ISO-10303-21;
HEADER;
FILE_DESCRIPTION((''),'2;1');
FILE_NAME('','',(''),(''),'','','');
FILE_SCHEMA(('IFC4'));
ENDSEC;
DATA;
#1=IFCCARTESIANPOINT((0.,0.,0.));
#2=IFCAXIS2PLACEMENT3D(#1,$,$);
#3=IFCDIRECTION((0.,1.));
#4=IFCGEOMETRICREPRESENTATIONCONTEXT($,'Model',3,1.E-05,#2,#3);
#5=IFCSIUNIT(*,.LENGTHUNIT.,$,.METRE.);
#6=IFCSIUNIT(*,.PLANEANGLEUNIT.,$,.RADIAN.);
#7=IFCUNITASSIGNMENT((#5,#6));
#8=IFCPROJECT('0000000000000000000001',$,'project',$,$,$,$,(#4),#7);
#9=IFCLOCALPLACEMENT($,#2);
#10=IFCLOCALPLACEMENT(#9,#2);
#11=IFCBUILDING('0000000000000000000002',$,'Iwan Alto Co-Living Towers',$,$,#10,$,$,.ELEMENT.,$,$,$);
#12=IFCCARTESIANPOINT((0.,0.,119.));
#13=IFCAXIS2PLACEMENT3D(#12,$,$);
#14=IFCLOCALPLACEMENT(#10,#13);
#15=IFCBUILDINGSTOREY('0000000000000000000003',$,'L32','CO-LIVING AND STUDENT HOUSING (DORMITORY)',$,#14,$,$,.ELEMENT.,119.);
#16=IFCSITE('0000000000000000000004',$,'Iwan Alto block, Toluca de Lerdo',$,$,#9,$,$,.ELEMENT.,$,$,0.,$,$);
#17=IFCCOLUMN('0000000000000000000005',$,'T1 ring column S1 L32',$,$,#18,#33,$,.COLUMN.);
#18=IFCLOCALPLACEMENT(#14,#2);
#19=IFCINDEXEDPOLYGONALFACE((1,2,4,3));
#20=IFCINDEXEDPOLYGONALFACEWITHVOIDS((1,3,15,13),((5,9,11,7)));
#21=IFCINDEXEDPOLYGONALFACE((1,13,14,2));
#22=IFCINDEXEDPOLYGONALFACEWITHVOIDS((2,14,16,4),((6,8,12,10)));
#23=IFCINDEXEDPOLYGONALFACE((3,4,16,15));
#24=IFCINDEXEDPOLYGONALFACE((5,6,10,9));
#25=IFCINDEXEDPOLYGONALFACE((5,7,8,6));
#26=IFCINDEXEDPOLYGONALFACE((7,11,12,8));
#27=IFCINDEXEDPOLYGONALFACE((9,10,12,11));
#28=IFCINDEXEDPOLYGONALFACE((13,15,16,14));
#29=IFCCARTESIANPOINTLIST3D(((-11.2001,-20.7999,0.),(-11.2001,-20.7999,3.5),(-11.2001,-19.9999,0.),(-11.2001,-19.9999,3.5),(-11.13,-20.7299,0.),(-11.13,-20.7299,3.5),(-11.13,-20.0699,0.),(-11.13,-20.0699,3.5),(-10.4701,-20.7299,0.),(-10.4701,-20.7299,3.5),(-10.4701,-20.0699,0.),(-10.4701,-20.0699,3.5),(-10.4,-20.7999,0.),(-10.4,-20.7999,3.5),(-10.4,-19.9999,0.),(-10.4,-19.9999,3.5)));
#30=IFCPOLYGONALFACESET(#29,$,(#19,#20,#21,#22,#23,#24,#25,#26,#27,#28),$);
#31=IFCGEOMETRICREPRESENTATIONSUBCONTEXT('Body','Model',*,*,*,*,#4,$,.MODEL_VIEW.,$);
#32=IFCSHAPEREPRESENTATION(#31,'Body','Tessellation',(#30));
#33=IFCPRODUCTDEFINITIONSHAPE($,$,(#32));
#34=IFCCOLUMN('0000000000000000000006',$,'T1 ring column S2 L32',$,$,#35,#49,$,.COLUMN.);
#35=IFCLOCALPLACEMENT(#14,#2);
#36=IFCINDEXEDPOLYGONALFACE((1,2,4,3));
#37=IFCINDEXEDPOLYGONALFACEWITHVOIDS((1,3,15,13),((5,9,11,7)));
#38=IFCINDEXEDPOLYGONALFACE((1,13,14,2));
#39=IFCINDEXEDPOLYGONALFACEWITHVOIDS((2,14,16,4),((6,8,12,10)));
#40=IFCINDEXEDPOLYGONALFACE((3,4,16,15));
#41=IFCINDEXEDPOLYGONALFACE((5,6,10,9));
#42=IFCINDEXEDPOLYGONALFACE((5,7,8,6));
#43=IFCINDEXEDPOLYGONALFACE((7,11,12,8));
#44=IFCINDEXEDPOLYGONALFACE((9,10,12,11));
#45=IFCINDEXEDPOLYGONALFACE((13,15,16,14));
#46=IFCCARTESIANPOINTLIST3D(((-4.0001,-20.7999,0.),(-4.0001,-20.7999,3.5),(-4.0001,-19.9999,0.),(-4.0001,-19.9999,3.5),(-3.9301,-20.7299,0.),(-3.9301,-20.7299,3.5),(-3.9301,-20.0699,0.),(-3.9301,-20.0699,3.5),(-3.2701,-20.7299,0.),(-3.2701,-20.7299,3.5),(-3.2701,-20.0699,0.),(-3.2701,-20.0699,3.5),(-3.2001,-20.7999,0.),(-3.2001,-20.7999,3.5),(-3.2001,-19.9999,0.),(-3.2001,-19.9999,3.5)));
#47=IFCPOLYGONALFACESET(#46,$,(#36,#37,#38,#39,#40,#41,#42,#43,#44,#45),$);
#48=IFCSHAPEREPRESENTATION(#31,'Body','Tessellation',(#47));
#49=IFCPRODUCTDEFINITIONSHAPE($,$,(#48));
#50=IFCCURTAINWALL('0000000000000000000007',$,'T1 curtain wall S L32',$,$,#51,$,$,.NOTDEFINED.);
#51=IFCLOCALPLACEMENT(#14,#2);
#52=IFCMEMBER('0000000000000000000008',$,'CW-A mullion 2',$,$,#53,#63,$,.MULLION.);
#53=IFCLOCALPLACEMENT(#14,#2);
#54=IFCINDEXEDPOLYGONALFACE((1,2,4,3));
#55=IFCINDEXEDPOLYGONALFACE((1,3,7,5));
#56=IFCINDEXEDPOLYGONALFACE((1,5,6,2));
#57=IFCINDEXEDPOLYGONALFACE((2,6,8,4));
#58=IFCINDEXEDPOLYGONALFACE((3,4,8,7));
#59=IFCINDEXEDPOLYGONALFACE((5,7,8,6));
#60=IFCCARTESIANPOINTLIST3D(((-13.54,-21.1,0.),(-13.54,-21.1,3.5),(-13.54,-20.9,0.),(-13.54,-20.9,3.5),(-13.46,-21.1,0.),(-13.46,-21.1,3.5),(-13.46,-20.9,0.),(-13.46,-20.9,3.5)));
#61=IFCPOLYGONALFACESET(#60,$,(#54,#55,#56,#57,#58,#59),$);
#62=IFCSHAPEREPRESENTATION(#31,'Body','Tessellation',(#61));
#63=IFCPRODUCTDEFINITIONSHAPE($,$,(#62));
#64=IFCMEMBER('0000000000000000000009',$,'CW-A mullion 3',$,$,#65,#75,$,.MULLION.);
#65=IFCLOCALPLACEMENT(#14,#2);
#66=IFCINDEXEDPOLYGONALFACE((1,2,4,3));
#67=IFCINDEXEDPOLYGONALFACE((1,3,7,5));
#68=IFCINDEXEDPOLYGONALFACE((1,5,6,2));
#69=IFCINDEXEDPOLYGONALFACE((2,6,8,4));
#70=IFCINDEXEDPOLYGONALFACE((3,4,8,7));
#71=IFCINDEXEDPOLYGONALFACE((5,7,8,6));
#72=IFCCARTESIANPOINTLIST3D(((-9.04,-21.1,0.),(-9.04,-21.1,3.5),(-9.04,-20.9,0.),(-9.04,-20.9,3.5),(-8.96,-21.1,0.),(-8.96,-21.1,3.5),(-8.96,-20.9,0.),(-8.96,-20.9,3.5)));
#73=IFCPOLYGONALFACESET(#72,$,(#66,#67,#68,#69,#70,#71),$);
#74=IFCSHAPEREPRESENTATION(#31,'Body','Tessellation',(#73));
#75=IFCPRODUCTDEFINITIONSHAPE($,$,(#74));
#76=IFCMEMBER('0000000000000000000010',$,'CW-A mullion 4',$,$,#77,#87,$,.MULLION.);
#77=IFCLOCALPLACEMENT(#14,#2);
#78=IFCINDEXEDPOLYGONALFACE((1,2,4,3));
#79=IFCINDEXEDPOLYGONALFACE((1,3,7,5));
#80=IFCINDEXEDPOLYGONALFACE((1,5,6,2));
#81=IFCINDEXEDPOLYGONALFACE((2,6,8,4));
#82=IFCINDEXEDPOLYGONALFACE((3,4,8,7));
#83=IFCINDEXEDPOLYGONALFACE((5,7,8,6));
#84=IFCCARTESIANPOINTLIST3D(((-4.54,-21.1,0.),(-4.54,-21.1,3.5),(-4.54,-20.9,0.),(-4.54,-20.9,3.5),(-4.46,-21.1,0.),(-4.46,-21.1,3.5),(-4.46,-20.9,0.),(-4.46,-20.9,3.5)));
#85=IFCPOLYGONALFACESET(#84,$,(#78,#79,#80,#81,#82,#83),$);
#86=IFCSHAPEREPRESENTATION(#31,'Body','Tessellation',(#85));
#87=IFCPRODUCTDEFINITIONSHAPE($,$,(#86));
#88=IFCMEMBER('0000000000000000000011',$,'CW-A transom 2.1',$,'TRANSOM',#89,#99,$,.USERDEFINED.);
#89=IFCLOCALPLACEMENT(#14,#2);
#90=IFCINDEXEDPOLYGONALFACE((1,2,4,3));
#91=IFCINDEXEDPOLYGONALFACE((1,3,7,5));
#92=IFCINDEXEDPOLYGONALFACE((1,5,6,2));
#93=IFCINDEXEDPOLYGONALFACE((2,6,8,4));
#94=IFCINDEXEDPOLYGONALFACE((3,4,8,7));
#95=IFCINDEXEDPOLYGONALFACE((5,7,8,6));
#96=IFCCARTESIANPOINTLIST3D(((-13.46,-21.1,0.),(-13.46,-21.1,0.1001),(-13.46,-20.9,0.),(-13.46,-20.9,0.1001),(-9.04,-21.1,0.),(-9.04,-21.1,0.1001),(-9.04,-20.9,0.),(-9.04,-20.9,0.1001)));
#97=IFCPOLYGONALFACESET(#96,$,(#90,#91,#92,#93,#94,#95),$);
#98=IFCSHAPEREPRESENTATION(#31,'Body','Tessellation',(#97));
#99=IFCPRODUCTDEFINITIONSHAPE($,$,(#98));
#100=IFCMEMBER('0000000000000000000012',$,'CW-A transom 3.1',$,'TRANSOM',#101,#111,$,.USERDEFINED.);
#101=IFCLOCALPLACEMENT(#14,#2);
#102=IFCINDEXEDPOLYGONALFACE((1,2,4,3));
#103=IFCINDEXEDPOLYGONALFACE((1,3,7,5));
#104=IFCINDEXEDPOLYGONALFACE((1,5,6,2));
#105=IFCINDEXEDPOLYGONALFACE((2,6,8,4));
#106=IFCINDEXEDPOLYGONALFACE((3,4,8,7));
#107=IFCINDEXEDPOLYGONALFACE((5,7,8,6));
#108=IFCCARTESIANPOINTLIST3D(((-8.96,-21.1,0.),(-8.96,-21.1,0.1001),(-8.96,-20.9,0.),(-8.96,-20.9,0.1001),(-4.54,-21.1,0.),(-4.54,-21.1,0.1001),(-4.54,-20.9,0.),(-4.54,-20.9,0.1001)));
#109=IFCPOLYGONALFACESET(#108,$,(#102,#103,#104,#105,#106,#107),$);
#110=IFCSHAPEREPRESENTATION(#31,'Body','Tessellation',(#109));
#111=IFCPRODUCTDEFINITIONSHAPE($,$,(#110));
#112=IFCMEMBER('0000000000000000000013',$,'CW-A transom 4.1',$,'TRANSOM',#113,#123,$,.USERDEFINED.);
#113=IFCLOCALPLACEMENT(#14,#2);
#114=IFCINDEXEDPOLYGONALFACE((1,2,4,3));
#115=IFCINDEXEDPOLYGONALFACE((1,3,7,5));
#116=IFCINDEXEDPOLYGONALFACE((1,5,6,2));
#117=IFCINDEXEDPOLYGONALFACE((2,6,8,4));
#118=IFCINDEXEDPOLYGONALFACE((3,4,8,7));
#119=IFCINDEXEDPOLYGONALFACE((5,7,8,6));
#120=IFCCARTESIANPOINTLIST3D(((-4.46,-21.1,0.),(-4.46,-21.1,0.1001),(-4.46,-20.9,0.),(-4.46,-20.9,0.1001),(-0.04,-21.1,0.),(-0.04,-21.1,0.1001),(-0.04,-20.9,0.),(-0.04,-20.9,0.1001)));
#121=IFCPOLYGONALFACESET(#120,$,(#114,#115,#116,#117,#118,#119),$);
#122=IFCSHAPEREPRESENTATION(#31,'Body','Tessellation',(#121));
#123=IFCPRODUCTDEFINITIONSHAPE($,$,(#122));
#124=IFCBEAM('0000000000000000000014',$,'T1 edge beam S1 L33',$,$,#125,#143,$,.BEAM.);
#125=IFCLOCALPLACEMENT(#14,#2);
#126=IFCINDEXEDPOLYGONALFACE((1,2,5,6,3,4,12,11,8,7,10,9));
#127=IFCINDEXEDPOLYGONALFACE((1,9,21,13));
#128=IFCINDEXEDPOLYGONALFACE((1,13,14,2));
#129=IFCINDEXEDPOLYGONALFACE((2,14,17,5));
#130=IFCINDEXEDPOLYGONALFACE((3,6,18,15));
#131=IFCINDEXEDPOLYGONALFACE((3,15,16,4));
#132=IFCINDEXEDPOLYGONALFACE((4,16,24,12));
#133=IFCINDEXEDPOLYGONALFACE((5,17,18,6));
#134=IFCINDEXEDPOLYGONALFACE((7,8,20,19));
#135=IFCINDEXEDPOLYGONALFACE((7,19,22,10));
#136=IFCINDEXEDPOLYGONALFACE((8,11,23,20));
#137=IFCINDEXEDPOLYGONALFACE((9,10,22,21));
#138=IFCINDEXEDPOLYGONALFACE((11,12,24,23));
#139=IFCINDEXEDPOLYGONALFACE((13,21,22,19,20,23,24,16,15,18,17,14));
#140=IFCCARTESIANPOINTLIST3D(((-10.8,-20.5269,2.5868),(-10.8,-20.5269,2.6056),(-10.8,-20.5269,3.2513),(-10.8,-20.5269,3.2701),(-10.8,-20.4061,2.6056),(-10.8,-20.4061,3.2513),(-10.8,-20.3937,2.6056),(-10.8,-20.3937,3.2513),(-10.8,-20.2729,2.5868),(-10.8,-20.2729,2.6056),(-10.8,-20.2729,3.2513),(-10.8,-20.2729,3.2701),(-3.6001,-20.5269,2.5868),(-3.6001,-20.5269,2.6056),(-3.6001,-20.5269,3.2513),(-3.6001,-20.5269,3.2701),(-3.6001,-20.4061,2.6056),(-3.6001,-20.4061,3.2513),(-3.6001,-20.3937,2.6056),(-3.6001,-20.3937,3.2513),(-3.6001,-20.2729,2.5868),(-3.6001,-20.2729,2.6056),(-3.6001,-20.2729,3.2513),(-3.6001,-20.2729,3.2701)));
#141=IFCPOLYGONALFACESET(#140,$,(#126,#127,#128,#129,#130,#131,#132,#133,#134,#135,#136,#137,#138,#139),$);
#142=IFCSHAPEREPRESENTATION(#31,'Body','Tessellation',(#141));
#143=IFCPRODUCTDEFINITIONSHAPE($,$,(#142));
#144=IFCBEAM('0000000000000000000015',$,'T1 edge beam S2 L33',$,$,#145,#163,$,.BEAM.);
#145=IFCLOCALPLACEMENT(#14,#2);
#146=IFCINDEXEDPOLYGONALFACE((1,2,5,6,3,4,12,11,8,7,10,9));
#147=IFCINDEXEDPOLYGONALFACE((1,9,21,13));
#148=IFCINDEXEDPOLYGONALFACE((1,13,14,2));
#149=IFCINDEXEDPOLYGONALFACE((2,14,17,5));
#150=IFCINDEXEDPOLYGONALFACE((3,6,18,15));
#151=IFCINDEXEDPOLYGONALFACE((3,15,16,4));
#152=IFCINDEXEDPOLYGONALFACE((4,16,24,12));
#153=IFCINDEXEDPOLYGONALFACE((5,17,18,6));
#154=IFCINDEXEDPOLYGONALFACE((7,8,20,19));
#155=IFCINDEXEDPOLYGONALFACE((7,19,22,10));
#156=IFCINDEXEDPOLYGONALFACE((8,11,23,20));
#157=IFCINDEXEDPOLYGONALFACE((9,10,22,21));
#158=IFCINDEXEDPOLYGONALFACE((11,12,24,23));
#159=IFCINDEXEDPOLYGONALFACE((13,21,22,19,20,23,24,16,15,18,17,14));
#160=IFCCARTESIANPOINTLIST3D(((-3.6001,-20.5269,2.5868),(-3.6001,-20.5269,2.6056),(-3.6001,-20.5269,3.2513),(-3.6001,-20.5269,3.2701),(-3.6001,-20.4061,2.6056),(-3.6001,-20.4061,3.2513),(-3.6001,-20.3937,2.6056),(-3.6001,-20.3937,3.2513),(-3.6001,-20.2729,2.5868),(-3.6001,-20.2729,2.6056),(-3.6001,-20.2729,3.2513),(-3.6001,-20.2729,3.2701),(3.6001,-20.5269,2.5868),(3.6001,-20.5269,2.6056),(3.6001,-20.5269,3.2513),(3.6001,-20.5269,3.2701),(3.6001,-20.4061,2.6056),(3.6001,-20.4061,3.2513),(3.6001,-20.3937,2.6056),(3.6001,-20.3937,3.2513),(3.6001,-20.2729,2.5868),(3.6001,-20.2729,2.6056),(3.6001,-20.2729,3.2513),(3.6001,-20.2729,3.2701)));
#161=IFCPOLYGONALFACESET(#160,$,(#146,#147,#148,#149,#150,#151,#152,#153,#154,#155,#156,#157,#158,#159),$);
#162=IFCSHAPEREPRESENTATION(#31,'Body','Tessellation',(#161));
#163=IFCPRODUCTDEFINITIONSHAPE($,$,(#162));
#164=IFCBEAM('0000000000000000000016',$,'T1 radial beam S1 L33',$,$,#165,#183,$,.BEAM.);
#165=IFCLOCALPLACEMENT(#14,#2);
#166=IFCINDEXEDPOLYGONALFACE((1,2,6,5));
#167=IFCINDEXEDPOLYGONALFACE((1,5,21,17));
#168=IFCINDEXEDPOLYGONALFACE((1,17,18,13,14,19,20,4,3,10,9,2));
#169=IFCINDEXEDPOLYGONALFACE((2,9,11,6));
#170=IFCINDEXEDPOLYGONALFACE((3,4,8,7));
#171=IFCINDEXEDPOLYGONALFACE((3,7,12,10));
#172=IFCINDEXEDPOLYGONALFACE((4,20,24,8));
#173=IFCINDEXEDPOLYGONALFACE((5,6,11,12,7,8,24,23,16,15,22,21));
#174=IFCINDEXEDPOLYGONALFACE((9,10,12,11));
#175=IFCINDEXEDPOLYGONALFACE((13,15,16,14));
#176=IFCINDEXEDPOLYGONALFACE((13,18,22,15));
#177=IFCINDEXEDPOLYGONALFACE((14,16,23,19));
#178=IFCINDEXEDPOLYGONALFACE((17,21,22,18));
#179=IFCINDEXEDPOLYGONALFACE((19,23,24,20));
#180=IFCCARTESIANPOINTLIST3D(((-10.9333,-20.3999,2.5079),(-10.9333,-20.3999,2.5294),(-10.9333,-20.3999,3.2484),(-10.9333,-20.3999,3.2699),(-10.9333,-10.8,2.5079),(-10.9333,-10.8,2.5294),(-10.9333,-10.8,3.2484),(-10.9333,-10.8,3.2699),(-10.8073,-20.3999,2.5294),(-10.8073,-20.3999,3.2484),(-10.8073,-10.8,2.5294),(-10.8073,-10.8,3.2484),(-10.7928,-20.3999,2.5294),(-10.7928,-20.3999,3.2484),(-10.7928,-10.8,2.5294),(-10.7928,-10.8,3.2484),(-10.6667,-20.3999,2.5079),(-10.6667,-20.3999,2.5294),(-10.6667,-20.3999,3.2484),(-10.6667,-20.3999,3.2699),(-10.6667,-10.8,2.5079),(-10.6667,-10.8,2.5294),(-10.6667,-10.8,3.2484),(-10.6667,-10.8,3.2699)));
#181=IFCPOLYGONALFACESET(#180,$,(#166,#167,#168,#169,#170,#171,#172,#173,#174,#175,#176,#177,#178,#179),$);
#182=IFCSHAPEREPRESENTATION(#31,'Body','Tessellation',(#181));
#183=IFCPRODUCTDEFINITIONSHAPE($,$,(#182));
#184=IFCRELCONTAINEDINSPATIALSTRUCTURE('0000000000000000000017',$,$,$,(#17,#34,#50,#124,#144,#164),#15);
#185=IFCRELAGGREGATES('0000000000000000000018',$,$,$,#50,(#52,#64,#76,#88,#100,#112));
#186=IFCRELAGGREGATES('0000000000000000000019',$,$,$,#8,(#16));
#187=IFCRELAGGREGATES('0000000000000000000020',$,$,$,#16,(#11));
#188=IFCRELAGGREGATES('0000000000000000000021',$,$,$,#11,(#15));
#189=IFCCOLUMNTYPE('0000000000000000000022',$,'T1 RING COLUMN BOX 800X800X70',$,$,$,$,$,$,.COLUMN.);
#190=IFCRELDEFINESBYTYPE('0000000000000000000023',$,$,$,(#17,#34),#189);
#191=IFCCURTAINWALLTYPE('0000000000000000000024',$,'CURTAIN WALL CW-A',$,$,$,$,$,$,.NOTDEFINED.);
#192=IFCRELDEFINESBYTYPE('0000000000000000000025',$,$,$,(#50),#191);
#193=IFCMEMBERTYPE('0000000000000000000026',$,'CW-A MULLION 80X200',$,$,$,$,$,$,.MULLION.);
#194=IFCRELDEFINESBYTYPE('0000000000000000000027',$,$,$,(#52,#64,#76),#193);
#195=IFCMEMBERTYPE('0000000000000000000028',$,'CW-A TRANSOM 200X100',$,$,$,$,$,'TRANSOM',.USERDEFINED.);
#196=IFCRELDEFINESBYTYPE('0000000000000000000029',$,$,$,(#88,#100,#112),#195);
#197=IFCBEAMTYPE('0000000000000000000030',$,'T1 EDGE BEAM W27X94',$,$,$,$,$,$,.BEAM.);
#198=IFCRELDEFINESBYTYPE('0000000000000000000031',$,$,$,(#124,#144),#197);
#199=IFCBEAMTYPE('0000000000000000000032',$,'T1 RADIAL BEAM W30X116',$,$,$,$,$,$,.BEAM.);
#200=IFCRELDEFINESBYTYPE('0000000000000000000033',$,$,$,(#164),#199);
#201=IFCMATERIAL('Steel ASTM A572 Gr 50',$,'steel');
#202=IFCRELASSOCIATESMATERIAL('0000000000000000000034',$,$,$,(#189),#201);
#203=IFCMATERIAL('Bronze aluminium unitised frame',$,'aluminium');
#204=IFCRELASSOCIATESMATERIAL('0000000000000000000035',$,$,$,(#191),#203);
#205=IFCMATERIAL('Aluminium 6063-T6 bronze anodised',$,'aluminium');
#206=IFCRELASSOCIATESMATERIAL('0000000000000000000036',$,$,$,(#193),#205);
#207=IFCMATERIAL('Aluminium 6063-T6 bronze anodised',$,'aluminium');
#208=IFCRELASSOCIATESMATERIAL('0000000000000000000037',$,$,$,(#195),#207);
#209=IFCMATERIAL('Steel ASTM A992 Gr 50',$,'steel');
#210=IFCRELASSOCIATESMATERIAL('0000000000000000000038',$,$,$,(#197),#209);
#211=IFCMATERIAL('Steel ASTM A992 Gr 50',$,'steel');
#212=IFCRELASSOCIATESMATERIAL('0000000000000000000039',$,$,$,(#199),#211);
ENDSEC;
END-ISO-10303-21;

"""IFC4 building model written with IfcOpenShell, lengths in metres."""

from ifc_helpers import new_model, si_unit, direction, frame, origin, origin_2d, place, context, subcontext, project, spatial, rectangle, hollow_rectangle, i_section, extrude, material, material_profile, profile_set, type_object, element, aggregate, save


model = new_model("IFC4")

# Units and contexts
model_context = context("Model", 3, precision=1e-05, world=origin(), true_north=direction((0.0, 1.0)))
body_context = subcontext(model_context, "Body", "Model", "MODEL_VIEW")
ifc_project = project(units=[si_unit("LENGTHUNIT", "METRE"), si_unit("PLANEANGLEUNIT", "RADIAN")], contexts=[model_context])

# Site, building, storey
site_placement = place(None, origin())
site = spatial("IfcSite", under=ifc_project, at=site_placement, Name="Iwan Alto block, Toluca de Lerdo", CompositionType="ELEMENT", RefElevation=0.0)
building_placement = place(site_placement, origin())
building = spatial("IfcBuilding", under=site, at=building_placement, Name="Iwan Alto Co-Living Towers", CompositionType="ELEMENT")
storey_placement = place(building_placement, frame((0.0, 0.0, 119.0)))
storey = spatial("IfcBuildingStorey", under=building, at=storey_placement, Name="L32", Description="CO-LIVING AND STUDENT HOUSING (DORMITORY)", CompositionType="ELEMENT", Elevation=119.0)

# Columns
ifc_material_1 = material(Name="Steel ASTM A572 Gr 50", Category="steel")
ifc_material_profile_1 = material_profile(ifc_material_1, hollow_rectangle(XDim=0.8, YDim=0.8, WallThickness=0.0701, at=origin_2d()), Name="BOX 800X800X70")
ifc_profile_set_1 = profile_set([ifc_material_profile_1], Name="Steel ASTM A572 Gr 50")
column_type = type_object("IfcColumnType", Name="T1 RING COLUMN BOX 800X800X70", PredefinedType="COLUMN", material=ifc_profile_set_1)
for number, where, z_axis, x_axis, name in (
    (1, (-10.8, -20.3999, 0.0), (0.0, 0.0, 1.0), (1.0, 0.0, 0.0), "T1 ring column S1 L32"),
    (2, (-3.6001, -20.3999, 0.0), (0.0, 0.0, 1.0), (1.0, 0.0, 0.0), "T1 ring column S2 L32"),
):
    element("IfcColumn", number, at=place(storey_placement, frame(where, z_axis=z_axis, x_axis=x_axis)), inside=storey, type_object=column_type, Name=name, PredefinedType="COLUMN", context=body_context, shape_type="SweptSolid", body=[
        extrude(hollow_rectangle(XDim=0.8, YDim=0.8, WallThickness=0.0701, at=origin_2d()), origin(), (0.0, 0.0, 1.0), 3.5),
    ])

# Curtain wall, members
ifc_material_2 = material(Name="Bronze aluminium unitised frame", Category="aluminium")
curtain_wall_type = type_object("IfcCurtainWallType", Name="CURTAIN WALL CW-A", PredefinedType="NOTDEFINED", material=ifc_material_2)
curtain_wall_placement = place(storey_placement, origin())
curtain_wall = element("IfcCurtainWall", 3, at=curtain_wall_placement, inside=storey, type_object=curtain_wall_type, Name="T1 curtain wall S L32", PredefinedType="NOTDEFINED")
ifc_material_3 = material(Name="Aluminium 6063-T6 bronze anodised", Category="aluminium")
ifc_material_profile_2 = material_profile(ifc_material_3, rectangle(XDim=0.2, YDim=0.0801, at=origin_2d()), Name="AL 80X200")
ifc_profile_set_2 = profile_set([ifc_material_profile_2], Name="Aluminium 6063-T6 bronze anodised")
member_type_1 = type_object("IfcMemberType", Name="CW-A MULLION 80X200", PredefinedType="MULLION", material=ifc_profile_set_2)
member_1_placement = place(storey_placement, frame((-13.5, -21.0, 0.0), z_axis=(0.0, 0.0, 1.0), x_axis=(0.0, 1.0, 0.0)))
member_1 = element("IfcMember", 4, at=member_1_placement, type_object=member_type_1, Name="CW-A mullion 2", PredefinedType="MULLION", context=body_context, shape_type="SweptSolid", body=[
    extrude(rectangle(XDim=0.2, YDim=0.0801, at=origin_2d()), origin(), (0.0, 0.0, 1.0), 3.5),
])
member_2_placement = place(storey_placement, frame((-9.0, -21.0, 0.0), z_axis=(0.0, 0.0, 1.0), x_axis=(0.0, 1.0, 0.0)))
member_2 = element("IfcMember", 5, at=member_2_placement, type_object=member_type_1, Name="CW-A mullion 3", PredefinedType="MULLION", context=body_context, shape_type="SweptSolid", body=[
    extrude(rectangle(XDim=0.2, YDim=0.0801, at=origin_2d()), origin(), (0.0, 0.0, 1.0), 3.5),
])
member_3_placement = place(storey_placement, frame((-4.5, -21.0, 0.0), z_axis=(0.0, 0.0, 1.0), x_axis=(0.0, 1.0, 0.0)))
member_3 = element("IfcMember", 6, at=member_3_placement, type_object=member_type_1, Name="CW-A mullion 4", PredefinedType="MULLION", context=body_context, shape_type="SweptSolid", body=[
    extrude(rectangle(XDim=0.2, YDim=0.0801, at=origin_2d()), origin(), (0.0, 0.0, 1.0), 3.5),
])
ifc_material_4 = material(Name="Aluminium 6063-T6 bronze anodised", Category="aluminium")
ifc_material_profile_3 = material_profile(ifc_material_4, rectangle(XDim=0.2, YDim=0.1001, at=origin_2d()), Name="AL 200X100")
ifc_profile_set_3 = profile_set([ifc_material_profile_3], Name="Aluminium 6063-T6 bronze anodised")
member_type_2 = type_object("IfcMemberType", Name="CW-A TRANSOM 200X100", ElementType="TRANSOM", PredefinedType="USERDEFINED", material=ifc_profile_set_3)
member_4_placement = place(storey_placement, frame((-13.46, -21.0, 0.05), z_axis=(1.0, 0.0, 0.0), x_axis=(0.0, 1.0, 0.0)))
member_4 = element("IfcMember", 7, at=member_4_placement, type_object=member_type_2, Name="CW-A transom 2.1", ObjectType="TRANSOM", PredefinedType="USERDEFINED", context=body_context, shape_type="SweptSolid", body=[
    extrude(rectangle(XDim=0.2, YDim=0.1001, at=origin_2d()), origin(), (0.0, 0.0, 1.0), 4.4199),
])
member_5_placement = place(storey_placement, frame((-8.96, -21.0, 0.05), z_axis=(1.0, 0.0, 0.0), x_axis=(0.0, 1.0, 0.0)))
member_5 = element("IfcMember", 8, at=member_5_placement, type_object=member_type_2, Name="CW-A transom 3.1", ObjectType="TRANSOM", PredefinedType="USERDEFINED", context=body_context, shape_type="SweptSolid", body=[
    extrude(rectangle(XDim=0.2, YDim=0.1001, at=origin_2d()), origin(), (0.0, 0.0, 1.0), 4.4199),
])
member_6_placement = place(storey_placement, frame((-4.46, -21.0, 0.05), z_axis=(1.0, 0.0, 0.0), x_axis=(0.0, 1.0, 0.0)))
member_6 = element("IfcMember", 9, at=member_6_placement, type_object=member_type_2, Name="CW-A transom 4.1", ObjectType="TRANSOM", PredefinedType="USERDEFINED", context=body_context, shape_type="SweptSolid", body=[
    extrude(rectangle(XDim=0.2, YDim=0.1001, at=origin_2d()), origin(), (0.0, 0.0, 1.0), 4.4199),
])

# Beams
ifc_material_5 = material(Name="Steel ASTM A992 Gr 50", Category="steel")
ifc_material_profile_4 = material_profile(ifc_material_5, i_section(OverallWidth=0.2539, OverallDepth=0.6833, WebThickness=0.0125, FlangeThickness=0.0188, at=origin_2d()), Name="W27X94")
ifc_profile_set_4 = profile_set([ifc_material_profile_4], Name="Steel ASTM A992 Gr 50")
beam_type_1 = type_object("IfcBeamType", Name="T1 EDGE BEAM W27X94", PredefinedType="BEAM", material=ifc_profile_set_4)
beam_1_placement = place(storey_placement, frame((-10.8, -20.3999, 2.9285), z_axis=(1.0, 0.0, 0.0), x_axis=(0.0, 1.0, 0.0)))
element("IfcBeam", 10, at=beam_1_placement, inside=storey, type_object=beam_type_1, Name="T1 edge beam S1 L33", PredefinedType="BEAM", context=body_context, shape_type="SweptSolid", body=[
    extrude(i_section(OverallWidth=0.2539, OverallDepth=0.6833, WebThickness=0.0125, FlangeThickness=0.0188, at=origin_2d()), origin(), (0.0, 0.0, 1.0), 7.2),
])
beam_2_placement = place(storey_placement, frame((-3.6001, -20.3999, 2.9285), z_axis=(1.0, 0.0, 0.0), x_axis=(0.0, 1.0, 0.0)))
element("IfcBeam", 11, at=beam_2_placement, inside=storey, type_object=beam_type_1, Name="T1 edge beam S2 L33", PredefinedType="BEAM", context=body_context, shape_type="SweptSolid", body=[
    extrude(i_section(OverallWidth=0.2539, OverallDepth=0.6833, WebThickness=0.0125, FlangeThickness=0.0188, at=origin_2d()), origin(), (0.0, 0.0, 1.0), 7.2002),
])
ifc_material_6 = material(Name="Steel ASTM A992 Gr 50", Category="steel")
ifc_material_profile_5 = material_profile(ifc_material_6, i_section(OverallWidth=0.2666, OverallDepth=0.762, WebThickness=0.0144, FlangeThickness=0.0215, at=origin_2d()), Name="W30X116")
ifc_profile_set_5 = profile_set([ifc_material_profile_5], Name="Steel ASTM A992 Gr 50")
beam_type_2 = type_object("IfcBeamType", Name="T1 RADIAL BEAM W30X116", PredefinedType="BEAM", material=ifc_profile_set_5)
beam_3_placement = place(storey_placement, frame((-10.8, -20.3999, 2.8889), z_axis=(0.0, 1.0, 0.0), x_axis=(-1.0, 0.0, 0.0)))
element("IfcBeam", 12, at=beam_3_placement, inside=storey, type_object=beam_type_2, Name="T1 radial beam S1 L33", PredefinedType="BEAM", context=body_context, shape_type="SweptSolid", body=[
    extrude(i_section(OverallWidth=0.2666, OverallDepth=0.762, WebThickness=0.0144, FlangeThickness=0.0215, at=origin_2d()), origin(), (0.0, 0.0, 1.0), 9.5999),
])

aggregate(curtain_wall, [member_1, member_2, member_3, member_4, member_5, member_6])

save(model, "model.ifc")
